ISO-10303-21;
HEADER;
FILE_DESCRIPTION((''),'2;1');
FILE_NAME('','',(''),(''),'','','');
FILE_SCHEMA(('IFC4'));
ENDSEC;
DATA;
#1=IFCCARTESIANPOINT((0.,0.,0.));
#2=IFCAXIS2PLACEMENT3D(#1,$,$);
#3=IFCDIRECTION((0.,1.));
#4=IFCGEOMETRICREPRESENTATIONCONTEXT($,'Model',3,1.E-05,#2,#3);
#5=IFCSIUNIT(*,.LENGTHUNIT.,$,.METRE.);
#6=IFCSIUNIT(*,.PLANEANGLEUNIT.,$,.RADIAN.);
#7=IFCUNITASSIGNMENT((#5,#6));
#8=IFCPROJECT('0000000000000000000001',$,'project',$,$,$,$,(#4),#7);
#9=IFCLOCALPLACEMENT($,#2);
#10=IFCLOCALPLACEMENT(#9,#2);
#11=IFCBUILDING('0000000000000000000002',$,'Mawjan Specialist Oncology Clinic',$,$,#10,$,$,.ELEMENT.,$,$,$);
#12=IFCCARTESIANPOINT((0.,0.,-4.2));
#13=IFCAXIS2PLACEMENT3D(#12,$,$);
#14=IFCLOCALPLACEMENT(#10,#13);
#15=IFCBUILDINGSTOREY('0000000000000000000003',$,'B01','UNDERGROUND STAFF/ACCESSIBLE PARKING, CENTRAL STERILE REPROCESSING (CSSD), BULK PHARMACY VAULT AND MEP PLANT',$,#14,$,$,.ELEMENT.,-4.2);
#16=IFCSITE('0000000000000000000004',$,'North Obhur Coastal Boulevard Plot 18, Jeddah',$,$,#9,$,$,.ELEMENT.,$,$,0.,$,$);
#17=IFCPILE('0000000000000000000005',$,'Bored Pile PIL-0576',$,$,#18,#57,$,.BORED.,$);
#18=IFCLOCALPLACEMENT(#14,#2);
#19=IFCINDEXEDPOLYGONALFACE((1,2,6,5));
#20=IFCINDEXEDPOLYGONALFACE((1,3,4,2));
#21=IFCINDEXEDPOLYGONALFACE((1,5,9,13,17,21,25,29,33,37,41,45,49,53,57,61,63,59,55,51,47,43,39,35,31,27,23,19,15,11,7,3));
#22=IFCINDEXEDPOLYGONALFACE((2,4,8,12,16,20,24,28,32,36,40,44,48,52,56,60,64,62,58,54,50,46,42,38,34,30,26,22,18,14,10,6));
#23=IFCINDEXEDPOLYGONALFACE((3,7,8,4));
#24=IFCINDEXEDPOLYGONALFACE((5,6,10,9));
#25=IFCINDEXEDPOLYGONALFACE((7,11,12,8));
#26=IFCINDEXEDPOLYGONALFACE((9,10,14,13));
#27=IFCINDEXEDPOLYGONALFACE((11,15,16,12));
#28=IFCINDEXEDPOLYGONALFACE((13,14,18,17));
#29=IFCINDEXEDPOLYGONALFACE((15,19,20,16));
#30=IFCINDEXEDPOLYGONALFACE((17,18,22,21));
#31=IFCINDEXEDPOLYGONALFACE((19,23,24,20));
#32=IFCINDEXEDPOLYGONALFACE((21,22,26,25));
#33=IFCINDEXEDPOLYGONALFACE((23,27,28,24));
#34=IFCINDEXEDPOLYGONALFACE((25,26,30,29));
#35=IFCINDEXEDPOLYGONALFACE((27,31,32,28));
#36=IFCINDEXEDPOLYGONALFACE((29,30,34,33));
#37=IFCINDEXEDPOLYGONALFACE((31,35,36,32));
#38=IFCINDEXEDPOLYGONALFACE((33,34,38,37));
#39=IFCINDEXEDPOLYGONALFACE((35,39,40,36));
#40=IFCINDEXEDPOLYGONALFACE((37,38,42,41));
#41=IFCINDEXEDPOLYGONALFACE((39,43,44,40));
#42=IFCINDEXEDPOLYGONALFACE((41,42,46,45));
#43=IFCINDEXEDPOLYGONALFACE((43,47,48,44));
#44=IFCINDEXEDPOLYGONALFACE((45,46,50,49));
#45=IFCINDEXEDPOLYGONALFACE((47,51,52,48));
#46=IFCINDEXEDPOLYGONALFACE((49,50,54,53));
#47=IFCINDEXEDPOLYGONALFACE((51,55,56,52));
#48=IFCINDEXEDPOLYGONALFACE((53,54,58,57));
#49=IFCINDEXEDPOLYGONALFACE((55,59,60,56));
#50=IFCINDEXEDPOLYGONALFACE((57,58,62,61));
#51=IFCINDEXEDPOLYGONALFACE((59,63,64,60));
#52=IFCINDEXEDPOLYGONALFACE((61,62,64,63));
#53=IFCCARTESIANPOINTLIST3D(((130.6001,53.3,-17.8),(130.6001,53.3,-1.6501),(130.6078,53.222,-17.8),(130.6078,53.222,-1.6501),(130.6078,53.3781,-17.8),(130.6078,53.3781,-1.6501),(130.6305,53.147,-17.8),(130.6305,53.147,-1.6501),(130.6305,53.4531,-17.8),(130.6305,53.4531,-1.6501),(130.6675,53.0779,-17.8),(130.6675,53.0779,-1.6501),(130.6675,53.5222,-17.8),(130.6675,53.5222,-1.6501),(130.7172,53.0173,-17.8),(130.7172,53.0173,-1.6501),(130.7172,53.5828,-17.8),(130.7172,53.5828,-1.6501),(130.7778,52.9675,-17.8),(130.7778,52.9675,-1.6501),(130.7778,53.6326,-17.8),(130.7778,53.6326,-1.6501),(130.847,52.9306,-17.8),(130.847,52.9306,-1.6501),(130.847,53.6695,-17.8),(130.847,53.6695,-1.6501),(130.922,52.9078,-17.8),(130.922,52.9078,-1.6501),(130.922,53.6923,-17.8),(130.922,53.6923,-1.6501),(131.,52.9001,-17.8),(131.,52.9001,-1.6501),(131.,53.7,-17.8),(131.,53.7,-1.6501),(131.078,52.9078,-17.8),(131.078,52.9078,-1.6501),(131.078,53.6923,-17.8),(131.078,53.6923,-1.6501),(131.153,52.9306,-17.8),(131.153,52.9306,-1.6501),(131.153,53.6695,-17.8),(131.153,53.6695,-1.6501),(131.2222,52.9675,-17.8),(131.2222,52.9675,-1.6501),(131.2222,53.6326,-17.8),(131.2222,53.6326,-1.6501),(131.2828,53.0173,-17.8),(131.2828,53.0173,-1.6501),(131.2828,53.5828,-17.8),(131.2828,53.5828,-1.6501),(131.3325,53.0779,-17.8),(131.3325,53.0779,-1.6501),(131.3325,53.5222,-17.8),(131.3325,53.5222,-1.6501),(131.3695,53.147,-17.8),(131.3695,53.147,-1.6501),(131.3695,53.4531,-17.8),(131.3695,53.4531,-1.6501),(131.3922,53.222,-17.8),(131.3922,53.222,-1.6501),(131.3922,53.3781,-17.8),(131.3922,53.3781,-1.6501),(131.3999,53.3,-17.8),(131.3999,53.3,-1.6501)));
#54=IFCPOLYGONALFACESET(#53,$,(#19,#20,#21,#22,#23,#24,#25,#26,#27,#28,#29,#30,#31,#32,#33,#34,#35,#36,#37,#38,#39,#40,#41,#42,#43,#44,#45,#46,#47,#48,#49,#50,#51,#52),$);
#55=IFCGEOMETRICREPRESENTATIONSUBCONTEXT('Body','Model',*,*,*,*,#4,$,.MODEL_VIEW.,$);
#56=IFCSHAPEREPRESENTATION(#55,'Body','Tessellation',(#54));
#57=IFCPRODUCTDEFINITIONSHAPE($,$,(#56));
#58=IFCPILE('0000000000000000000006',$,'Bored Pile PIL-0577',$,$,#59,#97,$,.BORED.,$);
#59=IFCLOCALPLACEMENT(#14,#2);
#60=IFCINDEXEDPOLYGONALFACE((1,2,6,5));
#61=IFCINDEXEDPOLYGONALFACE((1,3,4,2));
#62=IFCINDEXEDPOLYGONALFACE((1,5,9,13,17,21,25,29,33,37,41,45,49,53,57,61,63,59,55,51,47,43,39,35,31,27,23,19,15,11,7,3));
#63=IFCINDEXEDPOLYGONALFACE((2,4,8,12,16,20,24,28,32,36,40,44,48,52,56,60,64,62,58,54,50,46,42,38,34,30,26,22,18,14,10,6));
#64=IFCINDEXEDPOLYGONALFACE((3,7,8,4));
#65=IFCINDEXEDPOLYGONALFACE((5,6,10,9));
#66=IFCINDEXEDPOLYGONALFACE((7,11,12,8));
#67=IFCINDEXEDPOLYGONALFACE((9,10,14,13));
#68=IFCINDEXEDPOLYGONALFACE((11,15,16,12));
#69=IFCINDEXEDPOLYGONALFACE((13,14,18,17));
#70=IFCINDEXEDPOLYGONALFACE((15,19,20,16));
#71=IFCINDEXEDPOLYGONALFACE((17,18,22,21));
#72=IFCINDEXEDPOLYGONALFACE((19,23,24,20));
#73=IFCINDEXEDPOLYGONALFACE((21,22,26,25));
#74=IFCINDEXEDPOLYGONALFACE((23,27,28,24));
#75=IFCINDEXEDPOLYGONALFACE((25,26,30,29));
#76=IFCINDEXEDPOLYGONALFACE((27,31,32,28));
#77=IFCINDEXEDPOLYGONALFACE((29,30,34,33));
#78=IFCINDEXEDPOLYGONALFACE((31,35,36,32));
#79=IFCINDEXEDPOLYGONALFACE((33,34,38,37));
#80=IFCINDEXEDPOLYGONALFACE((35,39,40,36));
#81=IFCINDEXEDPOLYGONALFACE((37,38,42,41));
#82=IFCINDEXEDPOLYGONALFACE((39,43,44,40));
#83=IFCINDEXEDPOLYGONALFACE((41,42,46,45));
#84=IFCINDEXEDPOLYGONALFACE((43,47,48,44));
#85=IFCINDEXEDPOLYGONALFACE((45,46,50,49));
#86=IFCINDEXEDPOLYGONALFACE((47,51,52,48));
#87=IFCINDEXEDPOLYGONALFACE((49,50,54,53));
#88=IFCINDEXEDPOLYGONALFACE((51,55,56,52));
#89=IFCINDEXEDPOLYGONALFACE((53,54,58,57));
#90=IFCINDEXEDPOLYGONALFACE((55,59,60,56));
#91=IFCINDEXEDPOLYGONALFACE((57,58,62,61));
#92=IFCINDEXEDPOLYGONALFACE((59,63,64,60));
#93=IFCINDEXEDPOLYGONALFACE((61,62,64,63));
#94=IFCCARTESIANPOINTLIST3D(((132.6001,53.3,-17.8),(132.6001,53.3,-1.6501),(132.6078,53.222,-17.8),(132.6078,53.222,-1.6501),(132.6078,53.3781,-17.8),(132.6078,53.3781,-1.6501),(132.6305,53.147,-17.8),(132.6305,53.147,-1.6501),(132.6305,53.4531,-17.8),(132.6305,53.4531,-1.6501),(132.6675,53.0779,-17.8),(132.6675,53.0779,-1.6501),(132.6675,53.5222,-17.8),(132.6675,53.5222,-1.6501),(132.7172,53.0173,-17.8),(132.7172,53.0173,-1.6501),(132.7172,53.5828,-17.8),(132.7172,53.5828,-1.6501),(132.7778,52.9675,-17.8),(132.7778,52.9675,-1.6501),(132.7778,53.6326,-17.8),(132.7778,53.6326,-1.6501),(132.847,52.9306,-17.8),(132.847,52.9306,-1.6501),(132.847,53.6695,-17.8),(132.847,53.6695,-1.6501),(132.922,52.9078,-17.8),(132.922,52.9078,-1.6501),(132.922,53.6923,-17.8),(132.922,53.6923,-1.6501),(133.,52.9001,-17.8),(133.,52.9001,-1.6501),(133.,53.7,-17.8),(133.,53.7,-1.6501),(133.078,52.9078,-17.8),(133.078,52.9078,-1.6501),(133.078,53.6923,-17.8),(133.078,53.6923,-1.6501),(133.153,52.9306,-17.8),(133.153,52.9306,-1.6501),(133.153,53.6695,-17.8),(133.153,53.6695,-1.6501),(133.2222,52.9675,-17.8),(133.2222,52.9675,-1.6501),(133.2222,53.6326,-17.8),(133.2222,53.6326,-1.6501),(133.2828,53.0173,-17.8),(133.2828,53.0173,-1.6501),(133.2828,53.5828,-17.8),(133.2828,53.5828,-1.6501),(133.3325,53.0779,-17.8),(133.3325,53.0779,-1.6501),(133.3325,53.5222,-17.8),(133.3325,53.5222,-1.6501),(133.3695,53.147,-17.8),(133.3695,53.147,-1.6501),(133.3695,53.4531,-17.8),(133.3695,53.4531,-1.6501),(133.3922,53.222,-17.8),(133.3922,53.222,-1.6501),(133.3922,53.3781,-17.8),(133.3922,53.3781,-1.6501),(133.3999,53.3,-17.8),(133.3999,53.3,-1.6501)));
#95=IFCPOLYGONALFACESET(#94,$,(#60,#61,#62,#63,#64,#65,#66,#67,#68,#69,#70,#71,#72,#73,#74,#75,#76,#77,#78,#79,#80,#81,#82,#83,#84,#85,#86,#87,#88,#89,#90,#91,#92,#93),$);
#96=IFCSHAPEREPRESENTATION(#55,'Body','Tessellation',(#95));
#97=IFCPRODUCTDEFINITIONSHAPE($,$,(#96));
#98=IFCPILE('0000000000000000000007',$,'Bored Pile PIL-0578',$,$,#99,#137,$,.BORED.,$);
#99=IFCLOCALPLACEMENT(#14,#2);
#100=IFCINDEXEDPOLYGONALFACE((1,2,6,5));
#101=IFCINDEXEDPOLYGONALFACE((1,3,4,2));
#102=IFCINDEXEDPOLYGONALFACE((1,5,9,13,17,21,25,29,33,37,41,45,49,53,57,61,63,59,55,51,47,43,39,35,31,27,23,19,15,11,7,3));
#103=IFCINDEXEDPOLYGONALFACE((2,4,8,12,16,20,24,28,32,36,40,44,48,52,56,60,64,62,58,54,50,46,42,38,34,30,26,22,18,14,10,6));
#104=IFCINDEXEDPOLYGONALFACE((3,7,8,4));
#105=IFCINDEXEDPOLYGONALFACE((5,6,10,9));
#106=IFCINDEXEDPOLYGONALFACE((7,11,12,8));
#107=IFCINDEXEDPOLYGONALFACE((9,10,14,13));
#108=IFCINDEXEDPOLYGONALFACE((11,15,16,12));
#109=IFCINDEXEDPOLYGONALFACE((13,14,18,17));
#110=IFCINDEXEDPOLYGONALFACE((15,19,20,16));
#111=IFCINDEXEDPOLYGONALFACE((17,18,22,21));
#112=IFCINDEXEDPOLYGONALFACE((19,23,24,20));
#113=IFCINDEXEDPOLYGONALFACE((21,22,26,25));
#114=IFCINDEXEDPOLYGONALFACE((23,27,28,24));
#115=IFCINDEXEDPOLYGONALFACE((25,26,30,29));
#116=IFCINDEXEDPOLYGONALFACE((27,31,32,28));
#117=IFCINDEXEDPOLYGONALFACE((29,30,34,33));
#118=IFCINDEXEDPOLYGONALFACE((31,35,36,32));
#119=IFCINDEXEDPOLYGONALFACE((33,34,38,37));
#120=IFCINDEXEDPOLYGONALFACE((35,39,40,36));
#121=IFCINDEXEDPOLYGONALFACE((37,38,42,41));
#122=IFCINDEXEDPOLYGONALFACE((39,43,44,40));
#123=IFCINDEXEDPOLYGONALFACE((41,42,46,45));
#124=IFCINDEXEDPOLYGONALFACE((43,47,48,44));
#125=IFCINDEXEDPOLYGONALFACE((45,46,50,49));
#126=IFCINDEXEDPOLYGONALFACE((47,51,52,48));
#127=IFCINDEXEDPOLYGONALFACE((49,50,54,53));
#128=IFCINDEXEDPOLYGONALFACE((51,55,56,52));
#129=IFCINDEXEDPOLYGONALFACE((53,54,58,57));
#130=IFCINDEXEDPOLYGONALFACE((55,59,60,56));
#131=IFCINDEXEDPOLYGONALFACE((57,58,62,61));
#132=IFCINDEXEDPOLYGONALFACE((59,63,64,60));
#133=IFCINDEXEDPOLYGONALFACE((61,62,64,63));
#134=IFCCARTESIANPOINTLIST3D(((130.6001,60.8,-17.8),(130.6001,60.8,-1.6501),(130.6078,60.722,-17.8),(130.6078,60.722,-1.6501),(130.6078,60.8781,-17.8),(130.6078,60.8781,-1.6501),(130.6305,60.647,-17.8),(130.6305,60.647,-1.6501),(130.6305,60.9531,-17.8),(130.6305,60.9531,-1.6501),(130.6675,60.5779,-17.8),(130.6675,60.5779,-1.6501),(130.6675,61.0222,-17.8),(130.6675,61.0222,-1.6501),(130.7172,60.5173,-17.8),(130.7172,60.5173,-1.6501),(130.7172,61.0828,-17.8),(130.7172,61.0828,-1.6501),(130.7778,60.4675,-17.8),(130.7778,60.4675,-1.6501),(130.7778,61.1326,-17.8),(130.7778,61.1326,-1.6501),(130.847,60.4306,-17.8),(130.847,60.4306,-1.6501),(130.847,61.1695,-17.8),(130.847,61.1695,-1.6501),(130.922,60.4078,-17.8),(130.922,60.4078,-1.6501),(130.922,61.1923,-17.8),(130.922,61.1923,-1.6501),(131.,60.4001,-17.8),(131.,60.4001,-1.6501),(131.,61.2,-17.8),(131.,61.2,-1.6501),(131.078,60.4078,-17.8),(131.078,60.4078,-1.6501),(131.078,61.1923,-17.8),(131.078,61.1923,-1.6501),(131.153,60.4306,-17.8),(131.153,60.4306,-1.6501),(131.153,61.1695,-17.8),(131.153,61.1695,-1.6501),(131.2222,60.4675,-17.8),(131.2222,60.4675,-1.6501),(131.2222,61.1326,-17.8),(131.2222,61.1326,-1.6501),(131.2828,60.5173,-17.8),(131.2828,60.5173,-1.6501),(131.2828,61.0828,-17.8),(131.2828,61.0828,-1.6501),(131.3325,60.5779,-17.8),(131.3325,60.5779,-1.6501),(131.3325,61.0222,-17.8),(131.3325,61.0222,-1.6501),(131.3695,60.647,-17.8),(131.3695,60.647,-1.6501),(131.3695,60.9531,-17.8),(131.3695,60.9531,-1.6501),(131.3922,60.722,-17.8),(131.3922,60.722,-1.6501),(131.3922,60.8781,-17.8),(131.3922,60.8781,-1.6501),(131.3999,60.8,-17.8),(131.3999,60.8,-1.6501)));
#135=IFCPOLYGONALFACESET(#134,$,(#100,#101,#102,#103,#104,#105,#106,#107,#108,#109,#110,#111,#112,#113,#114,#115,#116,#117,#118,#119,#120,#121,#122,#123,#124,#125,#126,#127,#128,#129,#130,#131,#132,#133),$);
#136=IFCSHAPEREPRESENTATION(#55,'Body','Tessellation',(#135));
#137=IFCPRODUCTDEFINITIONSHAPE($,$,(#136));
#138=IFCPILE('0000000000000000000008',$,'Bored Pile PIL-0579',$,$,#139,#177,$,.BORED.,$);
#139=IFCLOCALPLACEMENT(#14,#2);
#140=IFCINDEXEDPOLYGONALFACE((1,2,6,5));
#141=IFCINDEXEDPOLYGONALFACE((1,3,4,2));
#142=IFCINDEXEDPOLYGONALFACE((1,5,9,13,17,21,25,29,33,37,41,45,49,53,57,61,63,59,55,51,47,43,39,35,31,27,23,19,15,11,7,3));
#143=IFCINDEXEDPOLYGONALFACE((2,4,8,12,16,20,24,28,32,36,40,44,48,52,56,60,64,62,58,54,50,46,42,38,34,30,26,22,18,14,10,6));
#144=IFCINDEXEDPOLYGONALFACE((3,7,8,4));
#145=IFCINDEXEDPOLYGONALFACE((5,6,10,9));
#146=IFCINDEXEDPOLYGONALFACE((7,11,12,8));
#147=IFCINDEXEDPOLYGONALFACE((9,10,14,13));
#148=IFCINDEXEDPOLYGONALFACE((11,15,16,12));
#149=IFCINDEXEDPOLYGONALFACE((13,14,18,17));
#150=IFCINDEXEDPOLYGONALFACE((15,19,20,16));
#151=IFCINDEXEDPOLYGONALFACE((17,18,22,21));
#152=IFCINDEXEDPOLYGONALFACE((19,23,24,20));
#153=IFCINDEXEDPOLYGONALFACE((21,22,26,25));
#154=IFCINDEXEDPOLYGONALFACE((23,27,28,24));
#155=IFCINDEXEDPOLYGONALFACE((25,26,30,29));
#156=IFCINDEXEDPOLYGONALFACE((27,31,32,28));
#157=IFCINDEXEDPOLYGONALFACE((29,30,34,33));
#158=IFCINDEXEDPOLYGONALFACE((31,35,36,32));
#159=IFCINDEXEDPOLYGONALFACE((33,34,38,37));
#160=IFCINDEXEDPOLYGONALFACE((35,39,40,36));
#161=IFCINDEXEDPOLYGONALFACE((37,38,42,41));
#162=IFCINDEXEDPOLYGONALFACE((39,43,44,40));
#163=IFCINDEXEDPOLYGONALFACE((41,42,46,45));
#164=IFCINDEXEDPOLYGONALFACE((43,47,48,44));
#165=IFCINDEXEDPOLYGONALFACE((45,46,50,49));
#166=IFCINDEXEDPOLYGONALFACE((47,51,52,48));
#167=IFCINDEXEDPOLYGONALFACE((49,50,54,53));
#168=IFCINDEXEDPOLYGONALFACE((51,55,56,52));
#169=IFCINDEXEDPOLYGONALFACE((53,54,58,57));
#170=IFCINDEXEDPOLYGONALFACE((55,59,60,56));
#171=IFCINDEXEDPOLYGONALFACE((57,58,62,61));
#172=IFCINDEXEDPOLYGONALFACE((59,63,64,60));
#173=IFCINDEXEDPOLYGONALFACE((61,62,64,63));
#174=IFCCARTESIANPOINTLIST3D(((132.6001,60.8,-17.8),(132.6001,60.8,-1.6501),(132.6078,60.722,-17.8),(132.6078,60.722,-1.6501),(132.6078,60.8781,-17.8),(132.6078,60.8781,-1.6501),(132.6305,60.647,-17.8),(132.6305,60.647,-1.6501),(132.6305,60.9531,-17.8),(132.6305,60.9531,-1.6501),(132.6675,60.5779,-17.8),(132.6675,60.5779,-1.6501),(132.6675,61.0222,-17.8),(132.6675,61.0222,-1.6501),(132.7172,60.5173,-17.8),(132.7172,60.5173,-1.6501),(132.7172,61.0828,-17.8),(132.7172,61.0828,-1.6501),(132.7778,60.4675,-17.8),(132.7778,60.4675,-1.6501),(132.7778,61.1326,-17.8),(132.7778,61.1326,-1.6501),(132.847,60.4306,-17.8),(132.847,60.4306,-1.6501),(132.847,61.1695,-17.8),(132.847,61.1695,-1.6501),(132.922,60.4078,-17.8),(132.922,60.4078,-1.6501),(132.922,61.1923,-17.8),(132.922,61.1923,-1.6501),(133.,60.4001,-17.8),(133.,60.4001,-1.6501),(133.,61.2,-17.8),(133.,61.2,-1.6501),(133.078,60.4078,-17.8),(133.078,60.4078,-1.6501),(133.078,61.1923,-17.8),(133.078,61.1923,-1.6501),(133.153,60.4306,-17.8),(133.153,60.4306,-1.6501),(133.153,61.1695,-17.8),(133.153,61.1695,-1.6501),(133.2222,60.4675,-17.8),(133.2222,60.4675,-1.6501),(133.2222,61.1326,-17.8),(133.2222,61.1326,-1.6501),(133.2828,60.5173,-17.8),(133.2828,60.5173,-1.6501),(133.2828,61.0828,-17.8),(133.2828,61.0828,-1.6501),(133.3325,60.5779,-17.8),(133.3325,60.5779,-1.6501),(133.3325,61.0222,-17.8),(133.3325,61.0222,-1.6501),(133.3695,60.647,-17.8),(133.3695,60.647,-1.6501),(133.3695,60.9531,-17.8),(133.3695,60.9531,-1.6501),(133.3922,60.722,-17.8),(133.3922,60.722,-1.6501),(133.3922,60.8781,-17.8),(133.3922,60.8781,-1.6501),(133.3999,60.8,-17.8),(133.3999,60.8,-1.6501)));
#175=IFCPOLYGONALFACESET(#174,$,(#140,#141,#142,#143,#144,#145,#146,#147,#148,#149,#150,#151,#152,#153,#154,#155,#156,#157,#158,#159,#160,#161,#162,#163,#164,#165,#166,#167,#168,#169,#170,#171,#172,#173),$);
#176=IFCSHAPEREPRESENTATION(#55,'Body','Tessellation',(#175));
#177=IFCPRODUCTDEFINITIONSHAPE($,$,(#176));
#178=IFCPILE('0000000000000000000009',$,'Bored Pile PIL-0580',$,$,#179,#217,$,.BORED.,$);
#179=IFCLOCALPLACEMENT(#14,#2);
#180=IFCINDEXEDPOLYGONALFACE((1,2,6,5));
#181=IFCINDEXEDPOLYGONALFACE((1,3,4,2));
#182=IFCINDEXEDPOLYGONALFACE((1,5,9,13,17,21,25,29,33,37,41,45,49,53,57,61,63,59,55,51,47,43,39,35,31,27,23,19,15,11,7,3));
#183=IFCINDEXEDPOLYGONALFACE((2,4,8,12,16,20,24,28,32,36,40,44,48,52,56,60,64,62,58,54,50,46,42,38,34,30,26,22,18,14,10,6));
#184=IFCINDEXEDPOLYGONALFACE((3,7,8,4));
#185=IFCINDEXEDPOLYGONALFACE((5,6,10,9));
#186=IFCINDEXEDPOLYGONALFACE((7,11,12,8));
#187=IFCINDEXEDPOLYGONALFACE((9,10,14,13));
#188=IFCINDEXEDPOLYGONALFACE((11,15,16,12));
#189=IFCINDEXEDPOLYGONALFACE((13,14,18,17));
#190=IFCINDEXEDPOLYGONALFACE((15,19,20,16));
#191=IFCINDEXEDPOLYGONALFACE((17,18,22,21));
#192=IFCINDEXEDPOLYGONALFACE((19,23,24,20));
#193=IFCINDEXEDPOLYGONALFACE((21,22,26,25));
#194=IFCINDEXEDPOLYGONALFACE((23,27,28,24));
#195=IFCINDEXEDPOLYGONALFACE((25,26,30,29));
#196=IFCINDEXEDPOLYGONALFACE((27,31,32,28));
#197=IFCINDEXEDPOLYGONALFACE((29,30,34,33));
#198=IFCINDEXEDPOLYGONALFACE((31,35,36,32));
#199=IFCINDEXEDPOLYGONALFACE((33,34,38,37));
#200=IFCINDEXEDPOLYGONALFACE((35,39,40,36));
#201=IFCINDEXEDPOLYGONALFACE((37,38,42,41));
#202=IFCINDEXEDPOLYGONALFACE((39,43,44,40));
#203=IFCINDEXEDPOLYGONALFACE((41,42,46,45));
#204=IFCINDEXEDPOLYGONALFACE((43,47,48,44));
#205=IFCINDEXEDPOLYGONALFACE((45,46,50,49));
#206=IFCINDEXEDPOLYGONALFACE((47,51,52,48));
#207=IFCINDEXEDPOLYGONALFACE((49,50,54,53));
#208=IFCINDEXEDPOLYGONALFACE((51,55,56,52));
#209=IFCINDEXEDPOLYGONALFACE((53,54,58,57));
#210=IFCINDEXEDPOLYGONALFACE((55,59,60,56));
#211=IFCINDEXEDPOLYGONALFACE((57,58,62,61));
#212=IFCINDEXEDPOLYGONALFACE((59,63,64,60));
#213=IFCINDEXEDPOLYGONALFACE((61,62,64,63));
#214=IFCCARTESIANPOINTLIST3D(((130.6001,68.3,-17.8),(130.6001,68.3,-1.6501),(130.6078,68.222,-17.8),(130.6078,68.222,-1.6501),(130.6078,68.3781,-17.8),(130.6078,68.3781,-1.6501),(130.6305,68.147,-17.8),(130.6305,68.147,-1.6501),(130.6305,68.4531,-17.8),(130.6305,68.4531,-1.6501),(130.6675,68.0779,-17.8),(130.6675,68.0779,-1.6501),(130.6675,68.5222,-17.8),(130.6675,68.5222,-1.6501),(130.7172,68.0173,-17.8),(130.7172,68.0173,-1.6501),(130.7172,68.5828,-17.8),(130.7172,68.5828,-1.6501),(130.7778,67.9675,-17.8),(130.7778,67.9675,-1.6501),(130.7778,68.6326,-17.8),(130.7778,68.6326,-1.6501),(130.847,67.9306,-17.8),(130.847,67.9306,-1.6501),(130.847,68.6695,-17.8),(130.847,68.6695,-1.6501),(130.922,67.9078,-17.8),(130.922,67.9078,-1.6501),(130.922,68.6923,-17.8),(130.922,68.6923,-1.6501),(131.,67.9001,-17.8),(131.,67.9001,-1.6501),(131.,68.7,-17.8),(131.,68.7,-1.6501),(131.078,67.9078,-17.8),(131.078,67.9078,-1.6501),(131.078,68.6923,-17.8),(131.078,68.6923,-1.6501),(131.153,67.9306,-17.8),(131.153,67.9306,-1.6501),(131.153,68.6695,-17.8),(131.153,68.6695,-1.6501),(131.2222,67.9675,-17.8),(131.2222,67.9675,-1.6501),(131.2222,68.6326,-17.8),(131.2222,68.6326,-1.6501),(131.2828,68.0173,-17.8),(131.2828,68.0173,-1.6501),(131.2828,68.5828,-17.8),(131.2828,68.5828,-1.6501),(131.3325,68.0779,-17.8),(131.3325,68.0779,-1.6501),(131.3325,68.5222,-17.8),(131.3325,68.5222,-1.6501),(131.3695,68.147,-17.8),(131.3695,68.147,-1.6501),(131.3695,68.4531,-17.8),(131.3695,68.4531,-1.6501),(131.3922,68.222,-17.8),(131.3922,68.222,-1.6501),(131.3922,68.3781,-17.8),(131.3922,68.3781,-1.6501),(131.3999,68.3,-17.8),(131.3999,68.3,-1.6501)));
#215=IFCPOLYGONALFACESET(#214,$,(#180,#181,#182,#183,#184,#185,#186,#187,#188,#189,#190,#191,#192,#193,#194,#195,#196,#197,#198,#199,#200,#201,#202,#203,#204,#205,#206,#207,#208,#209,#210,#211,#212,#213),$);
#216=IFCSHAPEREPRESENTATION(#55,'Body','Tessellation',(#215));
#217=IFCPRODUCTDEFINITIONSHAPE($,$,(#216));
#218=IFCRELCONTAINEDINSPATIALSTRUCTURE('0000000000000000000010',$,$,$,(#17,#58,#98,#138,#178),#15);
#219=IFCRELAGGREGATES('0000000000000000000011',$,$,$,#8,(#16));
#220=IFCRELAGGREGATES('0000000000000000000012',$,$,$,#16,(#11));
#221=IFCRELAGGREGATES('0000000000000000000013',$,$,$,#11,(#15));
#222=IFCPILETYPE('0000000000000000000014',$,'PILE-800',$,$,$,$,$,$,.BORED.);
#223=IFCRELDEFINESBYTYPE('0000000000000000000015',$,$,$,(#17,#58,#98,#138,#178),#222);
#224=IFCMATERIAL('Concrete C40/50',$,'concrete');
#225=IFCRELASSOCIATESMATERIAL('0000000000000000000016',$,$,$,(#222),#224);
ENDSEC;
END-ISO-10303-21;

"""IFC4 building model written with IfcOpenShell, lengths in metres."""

from ifc_helpers import new_model, si_unit, direction, frame, origin, origin_2d, place, context, subcontext, project, spatial, circle, extrude, material, material_profile, profile_set, type_object, element, save


model = new_model("IFC4")

# Units and contexts
model_context = context("Model", 3, precision=1e-05, world=origin(), true_north=direction((0.0, 1.0)))
body_context = subcontext(model_context, "Body", "Model", "MODEL_VIEW")
ifc_project = project(units=[si_unit("LENGTHUNIT", "METRE"), si_unit("PLANEANGLEUNIT", "RADIAN")], contexts=[model_context])

# Site, building, storey
site_placement = place(None, origin())
site = spatial("IfcSite", under=ifc_project, at=site_placement, Name="North Obhur Coastal Boulevard Plot 18, Jeddah", CompositionType="ELEMENT", RefElevation=0.0)
building_placement = place(site_placement, origin())
building = spatial("IfcBuilding", under=site, at=building_placement, Name="Mawjan Specialist Oncology Clinic", CompositionType="ELEMENT")
storey_placement = place(building_placement, frame((0.0, 0.0, -4.2)))
storey = spatial("IfcBuildingStorey", under=building, at=storey_placement, Name="B01", Description="UNDERGROUND STAFF/ACCESSIBLE PARKING, CENTRAL STERILE REPROCESSING (CSSD), BULK PHARMACY VAULT AND MEP PLANT", CompositionType="ELEMENT", Elevation=-4.2)

# Piles
ifc_material_1 = material(Name="Concrete C40/50", Category="concrete")
ifc_material_profile_1 = material_profile(ifc_material_1, circle(Radius=0.3999, at=origin_2d()), Name="BORED PILE D800", Category="concrete")
ifc_profile_set_1 = profile_set([ifc_material_profile_1], Name="Concrete C40/50")
pile_type = type_object("IfcPileType", Name="PILE-800", PredefinedType="BORED", material=ifc_profile_set_1)
for number, where, z_axis, x_axis, name in (
    (1, (131.0, 53.3, -1.6501), (0.0, 0.0, -1.0), (1.0, 0.0, 0.0), "Bored Pile PIL-0576"),
    (2, (133.0, 53.3, -1.6501), (0.0, 0.0, -1.0), (1.0, 0.0, 0.0), "Bored Pile PIL-0577"),
    (3, (131.0, 60.8, -1.6501), (0.0, 0.0, -1.0), (1.0, 0.0, 0.0), "Bored Pile PIL-0578"),
    (4, (133.0, 60.8, -1.6501), (0.0, 0.0, -1.0), (1.0, 0.0, 0.0), "Bored Pile PIL-0579"),
    (5, (131.0, 68.3, -1.6501), (0.0, 0.0, -1.0), (1.0, 0.0, 0.0), "Bored Pile PIL-0580"),
):
    element("IfcPile", number, at=place(storey_placement, frame(where, z_axis=z_axis, x_axis=x_axis)), inside=storey, type_object=pile_type, Name=name, PredefinedType="BORED", context=body_context, shape_type="SweptSolid", body=[
        extrude(circle(Radius=0.3999, at=origin_2d()), origin(), (0.0, 0.0, 1.0), 16.1499),
    ])

save(model, "model.ifc")
